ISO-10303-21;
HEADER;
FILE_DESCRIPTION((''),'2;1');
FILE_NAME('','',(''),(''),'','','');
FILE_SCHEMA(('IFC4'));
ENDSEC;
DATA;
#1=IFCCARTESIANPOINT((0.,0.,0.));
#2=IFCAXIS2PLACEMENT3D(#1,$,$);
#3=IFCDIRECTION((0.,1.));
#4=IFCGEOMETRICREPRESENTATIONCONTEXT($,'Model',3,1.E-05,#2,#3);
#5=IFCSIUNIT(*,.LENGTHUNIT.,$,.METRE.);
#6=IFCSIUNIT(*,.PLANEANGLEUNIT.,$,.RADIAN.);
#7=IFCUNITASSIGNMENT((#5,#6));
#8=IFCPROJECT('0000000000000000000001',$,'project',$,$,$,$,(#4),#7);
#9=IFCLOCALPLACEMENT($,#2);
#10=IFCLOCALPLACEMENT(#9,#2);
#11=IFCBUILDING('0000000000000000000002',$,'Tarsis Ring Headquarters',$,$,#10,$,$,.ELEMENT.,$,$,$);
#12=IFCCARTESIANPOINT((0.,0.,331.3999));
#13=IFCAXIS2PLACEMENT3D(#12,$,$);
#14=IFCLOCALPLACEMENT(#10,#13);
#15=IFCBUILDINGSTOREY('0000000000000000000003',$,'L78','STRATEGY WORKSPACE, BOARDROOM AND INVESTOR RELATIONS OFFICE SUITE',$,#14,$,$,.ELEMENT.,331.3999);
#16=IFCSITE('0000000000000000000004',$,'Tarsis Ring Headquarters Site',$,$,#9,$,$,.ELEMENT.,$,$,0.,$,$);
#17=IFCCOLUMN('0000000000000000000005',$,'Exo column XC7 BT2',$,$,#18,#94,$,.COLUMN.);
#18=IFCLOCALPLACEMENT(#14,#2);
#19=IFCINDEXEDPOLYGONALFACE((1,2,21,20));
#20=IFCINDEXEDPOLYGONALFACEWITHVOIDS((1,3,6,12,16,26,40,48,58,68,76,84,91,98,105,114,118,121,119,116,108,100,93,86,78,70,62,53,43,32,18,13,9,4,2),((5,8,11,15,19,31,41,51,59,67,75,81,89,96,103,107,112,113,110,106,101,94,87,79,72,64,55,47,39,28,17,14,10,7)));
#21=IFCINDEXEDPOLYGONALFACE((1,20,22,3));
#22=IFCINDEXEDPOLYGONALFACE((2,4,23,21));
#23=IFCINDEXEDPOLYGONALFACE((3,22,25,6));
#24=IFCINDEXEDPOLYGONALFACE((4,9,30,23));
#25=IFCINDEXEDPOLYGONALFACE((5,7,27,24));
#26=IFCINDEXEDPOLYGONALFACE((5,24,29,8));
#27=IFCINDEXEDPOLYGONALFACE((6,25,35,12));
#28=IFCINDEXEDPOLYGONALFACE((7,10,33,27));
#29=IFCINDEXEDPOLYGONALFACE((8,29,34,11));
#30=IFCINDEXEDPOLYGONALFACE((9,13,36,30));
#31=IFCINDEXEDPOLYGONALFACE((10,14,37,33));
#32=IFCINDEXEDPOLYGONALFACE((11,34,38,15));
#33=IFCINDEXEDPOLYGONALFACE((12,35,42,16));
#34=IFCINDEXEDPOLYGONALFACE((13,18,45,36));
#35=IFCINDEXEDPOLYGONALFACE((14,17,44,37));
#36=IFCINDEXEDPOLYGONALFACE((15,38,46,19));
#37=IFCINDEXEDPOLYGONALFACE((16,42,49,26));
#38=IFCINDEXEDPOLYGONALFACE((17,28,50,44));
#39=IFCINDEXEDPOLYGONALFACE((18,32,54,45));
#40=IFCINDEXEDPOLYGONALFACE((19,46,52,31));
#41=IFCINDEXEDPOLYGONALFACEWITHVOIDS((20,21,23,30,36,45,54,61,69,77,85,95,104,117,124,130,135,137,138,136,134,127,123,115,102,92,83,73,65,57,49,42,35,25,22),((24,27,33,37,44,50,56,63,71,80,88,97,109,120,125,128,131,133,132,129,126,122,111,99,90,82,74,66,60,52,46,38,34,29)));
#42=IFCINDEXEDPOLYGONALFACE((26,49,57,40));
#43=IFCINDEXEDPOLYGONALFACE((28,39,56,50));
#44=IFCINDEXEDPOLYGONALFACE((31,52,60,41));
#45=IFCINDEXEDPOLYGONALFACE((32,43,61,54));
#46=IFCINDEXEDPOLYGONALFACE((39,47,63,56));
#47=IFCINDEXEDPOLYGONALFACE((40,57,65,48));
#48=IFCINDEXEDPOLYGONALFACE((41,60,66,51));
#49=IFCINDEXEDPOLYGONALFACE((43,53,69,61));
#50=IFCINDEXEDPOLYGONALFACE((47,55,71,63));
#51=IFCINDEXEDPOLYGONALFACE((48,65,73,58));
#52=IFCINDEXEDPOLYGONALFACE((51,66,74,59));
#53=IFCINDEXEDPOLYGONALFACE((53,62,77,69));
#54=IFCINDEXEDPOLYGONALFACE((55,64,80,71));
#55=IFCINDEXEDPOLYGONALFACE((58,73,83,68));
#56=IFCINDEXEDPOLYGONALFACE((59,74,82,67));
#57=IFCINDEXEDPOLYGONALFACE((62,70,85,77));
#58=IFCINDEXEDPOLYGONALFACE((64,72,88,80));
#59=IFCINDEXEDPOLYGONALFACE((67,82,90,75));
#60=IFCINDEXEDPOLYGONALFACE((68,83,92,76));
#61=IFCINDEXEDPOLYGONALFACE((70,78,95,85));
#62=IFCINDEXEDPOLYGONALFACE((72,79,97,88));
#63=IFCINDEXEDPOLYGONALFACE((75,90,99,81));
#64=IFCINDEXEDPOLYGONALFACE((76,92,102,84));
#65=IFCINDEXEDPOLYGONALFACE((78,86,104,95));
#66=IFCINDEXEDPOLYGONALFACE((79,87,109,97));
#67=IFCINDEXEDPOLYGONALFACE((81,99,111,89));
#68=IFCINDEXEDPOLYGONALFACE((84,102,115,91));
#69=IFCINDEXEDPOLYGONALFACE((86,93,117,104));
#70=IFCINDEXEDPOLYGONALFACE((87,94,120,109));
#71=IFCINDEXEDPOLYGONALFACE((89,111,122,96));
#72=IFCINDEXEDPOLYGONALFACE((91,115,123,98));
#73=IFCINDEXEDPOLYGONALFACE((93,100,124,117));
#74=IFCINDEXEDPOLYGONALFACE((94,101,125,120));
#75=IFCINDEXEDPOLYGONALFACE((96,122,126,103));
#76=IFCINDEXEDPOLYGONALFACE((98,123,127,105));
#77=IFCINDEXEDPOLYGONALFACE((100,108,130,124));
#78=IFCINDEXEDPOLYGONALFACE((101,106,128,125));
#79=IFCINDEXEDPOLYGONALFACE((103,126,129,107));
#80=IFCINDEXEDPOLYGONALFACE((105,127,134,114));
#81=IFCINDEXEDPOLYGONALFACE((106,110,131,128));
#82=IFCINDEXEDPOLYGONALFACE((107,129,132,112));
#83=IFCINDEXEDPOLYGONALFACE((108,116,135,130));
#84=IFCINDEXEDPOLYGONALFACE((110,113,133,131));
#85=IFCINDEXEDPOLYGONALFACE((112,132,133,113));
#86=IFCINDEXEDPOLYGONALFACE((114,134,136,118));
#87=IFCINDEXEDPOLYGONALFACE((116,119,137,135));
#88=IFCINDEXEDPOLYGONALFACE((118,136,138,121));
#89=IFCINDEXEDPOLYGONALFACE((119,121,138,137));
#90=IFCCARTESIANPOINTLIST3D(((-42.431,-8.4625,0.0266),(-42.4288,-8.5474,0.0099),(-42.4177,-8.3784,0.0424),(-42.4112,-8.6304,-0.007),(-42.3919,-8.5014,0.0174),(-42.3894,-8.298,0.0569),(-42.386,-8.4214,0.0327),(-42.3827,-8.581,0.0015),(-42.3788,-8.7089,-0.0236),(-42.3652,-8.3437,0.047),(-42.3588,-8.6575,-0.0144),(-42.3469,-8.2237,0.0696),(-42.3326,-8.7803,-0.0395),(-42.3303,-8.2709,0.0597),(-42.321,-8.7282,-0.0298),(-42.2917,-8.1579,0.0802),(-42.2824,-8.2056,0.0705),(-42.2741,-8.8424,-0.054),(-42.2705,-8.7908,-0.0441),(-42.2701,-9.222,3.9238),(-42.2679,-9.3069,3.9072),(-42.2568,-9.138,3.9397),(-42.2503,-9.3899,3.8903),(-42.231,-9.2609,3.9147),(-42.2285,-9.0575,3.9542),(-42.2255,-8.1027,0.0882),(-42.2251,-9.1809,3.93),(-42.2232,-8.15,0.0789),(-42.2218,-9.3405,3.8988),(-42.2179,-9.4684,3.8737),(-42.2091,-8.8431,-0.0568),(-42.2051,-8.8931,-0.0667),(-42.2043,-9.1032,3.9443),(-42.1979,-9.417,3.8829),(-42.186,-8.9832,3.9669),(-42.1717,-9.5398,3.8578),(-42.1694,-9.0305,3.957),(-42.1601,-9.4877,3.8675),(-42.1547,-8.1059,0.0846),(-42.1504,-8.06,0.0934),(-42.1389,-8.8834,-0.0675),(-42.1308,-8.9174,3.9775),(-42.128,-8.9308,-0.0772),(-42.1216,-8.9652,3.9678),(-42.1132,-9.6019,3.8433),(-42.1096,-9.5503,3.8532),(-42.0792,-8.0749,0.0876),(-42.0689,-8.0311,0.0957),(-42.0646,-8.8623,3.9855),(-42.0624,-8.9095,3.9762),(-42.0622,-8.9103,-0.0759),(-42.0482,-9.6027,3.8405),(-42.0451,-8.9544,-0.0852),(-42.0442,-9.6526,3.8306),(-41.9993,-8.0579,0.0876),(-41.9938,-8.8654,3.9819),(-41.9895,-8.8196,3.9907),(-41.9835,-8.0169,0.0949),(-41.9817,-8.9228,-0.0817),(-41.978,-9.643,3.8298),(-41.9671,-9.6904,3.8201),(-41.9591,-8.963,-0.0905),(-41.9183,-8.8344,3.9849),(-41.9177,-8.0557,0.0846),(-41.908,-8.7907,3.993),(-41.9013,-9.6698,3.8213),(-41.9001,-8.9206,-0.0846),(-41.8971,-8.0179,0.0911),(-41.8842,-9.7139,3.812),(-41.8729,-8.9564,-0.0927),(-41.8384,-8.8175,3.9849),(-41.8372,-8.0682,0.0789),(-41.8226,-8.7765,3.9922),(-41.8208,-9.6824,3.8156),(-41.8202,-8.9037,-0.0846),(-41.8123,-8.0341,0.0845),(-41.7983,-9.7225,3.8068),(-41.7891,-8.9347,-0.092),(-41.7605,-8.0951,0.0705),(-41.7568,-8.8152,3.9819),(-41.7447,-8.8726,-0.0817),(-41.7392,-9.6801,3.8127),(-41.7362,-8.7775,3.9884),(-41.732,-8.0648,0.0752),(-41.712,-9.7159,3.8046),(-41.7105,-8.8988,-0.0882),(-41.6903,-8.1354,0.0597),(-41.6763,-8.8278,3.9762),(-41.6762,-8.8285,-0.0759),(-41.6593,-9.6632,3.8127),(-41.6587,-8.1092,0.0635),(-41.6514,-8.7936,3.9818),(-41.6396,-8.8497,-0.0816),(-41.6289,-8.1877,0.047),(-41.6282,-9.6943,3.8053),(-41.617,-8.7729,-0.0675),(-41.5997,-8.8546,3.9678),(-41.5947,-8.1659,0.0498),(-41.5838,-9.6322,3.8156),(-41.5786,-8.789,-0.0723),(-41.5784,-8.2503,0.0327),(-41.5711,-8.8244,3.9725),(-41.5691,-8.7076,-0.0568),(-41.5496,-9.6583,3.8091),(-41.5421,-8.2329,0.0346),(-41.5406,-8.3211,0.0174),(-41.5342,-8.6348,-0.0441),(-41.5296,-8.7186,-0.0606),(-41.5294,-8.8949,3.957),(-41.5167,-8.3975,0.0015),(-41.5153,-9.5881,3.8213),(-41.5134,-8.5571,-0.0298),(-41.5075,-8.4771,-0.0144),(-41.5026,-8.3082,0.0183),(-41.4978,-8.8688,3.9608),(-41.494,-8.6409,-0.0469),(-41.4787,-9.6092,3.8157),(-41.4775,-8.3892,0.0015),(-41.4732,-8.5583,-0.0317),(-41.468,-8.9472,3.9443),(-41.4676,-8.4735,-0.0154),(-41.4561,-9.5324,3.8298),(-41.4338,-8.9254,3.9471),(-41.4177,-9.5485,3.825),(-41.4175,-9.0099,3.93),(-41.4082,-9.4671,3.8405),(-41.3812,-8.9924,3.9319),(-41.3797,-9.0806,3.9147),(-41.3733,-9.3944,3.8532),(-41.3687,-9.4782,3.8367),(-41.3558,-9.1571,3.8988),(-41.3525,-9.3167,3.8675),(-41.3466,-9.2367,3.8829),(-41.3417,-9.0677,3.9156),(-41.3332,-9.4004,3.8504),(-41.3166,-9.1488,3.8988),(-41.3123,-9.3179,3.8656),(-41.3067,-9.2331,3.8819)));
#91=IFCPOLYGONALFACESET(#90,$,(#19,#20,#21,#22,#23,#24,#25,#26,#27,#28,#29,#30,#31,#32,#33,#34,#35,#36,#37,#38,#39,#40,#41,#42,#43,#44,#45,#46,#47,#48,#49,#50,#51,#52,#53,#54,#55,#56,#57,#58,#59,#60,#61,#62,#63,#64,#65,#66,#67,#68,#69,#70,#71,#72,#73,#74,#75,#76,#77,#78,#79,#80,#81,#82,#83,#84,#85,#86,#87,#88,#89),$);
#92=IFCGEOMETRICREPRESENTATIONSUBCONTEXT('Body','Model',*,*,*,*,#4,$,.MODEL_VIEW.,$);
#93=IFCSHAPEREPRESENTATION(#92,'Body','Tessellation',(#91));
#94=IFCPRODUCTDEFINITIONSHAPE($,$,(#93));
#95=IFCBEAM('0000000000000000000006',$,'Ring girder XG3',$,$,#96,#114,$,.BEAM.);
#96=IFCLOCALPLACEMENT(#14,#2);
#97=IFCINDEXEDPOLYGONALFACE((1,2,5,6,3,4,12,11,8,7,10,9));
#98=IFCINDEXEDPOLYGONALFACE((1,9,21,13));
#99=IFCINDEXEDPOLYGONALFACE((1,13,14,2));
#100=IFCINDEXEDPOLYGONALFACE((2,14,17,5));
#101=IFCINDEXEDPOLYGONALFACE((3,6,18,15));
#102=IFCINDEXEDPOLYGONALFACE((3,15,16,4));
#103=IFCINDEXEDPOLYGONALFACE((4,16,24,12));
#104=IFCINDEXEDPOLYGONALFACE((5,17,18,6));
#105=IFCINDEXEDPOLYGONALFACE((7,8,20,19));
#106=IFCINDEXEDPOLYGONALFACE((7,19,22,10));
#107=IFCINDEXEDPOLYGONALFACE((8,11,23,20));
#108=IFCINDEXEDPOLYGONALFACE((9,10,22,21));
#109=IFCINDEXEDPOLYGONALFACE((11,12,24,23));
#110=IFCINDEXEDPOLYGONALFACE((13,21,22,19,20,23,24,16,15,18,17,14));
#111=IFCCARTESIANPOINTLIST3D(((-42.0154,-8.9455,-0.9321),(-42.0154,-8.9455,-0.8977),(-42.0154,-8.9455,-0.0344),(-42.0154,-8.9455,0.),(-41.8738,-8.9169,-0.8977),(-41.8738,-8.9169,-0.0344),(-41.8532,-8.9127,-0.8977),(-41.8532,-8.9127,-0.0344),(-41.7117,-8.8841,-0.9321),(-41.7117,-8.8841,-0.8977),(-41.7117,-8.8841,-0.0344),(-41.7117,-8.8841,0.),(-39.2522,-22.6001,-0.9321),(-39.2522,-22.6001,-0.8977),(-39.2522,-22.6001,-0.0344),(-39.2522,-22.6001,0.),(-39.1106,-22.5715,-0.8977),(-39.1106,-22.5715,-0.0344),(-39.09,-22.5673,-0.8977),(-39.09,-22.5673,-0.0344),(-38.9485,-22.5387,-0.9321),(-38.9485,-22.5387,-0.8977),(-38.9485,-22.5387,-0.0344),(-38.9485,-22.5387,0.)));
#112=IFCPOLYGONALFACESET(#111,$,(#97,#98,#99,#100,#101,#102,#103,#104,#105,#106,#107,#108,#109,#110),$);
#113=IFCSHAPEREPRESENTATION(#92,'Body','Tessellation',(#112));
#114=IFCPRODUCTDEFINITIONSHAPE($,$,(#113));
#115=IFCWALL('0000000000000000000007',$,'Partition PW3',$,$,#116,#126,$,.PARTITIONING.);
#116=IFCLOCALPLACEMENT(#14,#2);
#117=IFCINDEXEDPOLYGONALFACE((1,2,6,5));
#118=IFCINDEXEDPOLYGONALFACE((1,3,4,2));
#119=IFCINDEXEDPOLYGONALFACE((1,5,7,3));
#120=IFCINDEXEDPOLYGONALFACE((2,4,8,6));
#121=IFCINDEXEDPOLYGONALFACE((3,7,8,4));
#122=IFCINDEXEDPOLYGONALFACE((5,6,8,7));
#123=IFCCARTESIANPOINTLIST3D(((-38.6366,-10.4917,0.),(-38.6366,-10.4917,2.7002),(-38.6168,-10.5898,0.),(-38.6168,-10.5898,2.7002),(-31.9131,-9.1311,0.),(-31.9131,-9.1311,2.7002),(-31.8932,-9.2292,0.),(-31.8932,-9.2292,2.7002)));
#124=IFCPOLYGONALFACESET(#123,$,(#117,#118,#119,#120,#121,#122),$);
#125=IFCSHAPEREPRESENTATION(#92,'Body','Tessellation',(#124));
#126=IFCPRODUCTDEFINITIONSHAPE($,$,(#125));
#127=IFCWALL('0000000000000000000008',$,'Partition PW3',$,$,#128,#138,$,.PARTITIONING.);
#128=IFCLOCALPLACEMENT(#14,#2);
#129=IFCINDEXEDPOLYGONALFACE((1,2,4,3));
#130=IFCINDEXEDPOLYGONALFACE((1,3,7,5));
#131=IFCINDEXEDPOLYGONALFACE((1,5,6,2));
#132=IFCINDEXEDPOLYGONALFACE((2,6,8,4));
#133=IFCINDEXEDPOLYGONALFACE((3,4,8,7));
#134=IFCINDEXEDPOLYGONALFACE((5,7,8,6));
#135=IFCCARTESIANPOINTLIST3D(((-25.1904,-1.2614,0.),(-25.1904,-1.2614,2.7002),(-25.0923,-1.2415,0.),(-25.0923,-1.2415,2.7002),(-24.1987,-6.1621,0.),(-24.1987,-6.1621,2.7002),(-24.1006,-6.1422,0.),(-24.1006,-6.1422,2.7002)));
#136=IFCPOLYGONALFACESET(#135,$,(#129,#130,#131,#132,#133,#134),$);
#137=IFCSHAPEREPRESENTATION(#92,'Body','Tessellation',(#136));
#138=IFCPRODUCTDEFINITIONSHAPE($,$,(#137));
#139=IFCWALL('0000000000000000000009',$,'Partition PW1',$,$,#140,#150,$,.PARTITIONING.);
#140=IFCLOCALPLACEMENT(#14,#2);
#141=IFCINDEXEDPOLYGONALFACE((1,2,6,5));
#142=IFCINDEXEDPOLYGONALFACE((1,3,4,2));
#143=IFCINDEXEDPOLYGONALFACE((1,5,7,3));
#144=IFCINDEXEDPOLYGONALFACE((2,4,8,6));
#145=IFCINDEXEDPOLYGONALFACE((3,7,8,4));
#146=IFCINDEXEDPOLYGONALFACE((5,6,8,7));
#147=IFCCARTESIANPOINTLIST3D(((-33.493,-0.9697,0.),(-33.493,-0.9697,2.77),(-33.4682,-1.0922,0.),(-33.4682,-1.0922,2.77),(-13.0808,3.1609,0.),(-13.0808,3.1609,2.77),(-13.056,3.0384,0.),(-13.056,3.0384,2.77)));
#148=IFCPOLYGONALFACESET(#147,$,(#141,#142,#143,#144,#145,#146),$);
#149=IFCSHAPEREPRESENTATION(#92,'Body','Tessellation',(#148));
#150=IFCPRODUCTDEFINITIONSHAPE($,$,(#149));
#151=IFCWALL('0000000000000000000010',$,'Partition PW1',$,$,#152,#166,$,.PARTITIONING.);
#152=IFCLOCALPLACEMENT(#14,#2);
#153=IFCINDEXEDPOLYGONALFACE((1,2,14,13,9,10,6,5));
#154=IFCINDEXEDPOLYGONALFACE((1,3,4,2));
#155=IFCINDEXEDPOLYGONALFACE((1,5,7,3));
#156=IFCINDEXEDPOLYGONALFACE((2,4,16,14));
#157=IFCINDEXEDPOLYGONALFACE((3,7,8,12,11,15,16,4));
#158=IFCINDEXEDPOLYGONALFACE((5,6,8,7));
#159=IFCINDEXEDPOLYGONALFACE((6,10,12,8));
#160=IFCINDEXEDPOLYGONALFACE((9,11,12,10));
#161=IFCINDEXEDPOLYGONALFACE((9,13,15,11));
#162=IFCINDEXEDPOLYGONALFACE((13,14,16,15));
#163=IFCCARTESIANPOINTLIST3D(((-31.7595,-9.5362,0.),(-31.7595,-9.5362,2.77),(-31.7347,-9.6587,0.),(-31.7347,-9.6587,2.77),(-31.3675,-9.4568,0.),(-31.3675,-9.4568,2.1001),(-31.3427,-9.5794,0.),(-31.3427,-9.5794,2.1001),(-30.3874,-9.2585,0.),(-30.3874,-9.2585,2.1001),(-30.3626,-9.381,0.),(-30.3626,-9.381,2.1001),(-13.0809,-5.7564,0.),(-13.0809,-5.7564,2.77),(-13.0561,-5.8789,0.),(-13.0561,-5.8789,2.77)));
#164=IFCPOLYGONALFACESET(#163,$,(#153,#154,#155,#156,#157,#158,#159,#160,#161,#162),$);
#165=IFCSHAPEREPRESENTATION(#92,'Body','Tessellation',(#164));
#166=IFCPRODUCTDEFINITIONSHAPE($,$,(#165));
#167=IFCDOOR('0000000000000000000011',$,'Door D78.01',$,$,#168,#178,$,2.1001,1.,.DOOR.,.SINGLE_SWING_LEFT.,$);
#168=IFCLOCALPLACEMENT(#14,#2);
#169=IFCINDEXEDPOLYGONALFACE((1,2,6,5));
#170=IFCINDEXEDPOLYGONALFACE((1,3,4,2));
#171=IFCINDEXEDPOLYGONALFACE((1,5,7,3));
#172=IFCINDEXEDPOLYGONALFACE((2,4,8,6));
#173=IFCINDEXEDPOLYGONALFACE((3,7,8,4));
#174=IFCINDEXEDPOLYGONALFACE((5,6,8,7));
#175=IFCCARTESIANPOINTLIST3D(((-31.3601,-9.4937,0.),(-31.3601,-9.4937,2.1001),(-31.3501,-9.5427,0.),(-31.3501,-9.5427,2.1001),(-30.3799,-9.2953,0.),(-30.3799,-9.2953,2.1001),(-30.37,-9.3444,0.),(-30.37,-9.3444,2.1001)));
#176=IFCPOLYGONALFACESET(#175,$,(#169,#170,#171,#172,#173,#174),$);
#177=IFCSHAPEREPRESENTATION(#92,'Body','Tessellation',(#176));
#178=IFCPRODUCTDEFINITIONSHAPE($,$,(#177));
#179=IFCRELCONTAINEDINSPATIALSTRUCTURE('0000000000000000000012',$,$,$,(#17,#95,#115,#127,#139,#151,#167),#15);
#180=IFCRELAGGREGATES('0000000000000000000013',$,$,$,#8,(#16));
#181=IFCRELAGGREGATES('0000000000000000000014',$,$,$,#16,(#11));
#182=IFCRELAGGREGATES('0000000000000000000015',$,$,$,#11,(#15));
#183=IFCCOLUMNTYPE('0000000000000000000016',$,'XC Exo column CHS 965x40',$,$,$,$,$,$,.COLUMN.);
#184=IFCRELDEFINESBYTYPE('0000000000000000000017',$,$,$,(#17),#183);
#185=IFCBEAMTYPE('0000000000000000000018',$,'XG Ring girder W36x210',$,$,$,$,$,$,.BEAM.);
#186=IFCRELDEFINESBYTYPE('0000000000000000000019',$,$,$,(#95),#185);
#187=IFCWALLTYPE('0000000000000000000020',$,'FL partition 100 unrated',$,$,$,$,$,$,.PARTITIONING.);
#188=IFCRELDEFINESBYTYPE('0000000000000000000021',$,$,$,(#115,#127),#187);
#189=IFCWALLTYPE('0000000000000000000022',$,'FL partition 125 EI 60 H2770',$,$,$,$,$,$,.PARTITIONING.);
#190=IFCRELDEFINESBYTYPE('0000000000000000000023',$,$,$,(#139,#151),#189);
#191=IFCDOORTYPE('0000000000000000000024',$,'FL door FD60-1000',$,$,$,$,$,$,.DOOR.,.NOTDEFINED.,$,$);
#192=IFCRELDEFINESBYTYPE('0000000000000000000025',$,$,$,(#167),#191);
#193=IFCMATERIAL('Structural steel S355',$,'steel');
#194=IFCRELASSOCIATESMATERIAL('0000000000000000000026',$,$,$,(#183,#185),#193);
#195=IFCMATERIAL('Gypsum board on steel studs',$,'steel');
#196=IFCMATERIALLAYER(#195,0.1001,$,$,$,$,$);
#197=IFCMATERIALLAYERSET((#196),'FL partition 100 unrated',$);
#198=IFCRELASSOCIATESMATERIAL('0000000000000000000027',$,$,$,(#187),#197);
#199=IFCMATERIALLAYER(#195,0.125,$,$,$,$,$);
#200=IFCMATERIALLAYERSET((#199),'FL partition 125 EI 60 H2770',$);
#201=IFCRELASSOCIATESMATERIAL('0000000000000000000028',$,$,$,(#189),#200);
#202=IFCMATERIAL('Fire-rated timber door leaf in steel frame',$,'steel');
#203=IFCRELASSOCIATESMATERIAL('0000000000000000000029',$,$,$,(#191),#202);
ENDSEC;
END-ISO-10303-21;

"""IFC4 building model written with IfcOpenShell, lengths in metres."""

from ifc_helpers import new_model, si_unit, direction, frame, frame_2d, origin, origin_2d, place, context, subcontext, project, spatial, rectangle, hollow_circle, i_section, extrude, material, layer, layer_set, material_profile, profile_set, type_object, element, fill, save


model = new_model("IFC4")

# Units and contexts
model_context = context("Model", 3, precision=1e-05, world=origin(), true_north=direction((0.0, 1.0)))
body_context = subcontext(model_context, "Body", "Model", "MODEL_VIEW")
ifc_project = project(units=[si_unit("LENGTHUNIT", "METRE"), si_unit("PLANEANGLEUNIT", "RADIAN")], contexts=[model_context])

# Site, building, storey
site_placement = place(None, origin())
site = spatial("IfcSite", under=ifc_project, at=site_placement, Name="Tarsis Ring Headquarters Site", CompositionType="ELEMENT", RefElevation=0.0)
building_placement = place(site_placement, origin())
building = spatial("IfcBuilding", under=site, at=building_placement, Name="Tarsis Ring Headquarters", CompositionType="ELEMENT")
storey_placement = place(building_placement, frame((0.0, 0.0, 331.3999)))
storey = spatial("IfcBuildingStorey", under=building, at=storey_placement, Name="L78", Description="STRATEGY WORKSPACE, BOARDROOM AND INVESTOR RELATIONS OFFICE SUITE", CompositionType="ELEMENT", Elevation=331.3999)

# Column
ifc_material_1 = material(Name="Structural steel S355", Category="steel")
ifc_material_profile_1 = material_profile(ifc_material_1, hollow_circle(Radius=0.4827, WallThickness=0.04, at=origin_2d()), Name="CHS 965x40")
ifc_profile_set_1 = profile_set([ifc_material_profile_1], Name="Structural steel S355")
column_type = type_object("IfcColumnType", Name="XC Exo column CHS 965x40", PredefinedType="COLUMN", material=ifc_profile_set_1)
column_placement = place(storey_placement, frame((-41.9497, -8.4893, 0.0015), z_axis=(0.040487, -0.191132, 0.980729), x_axis=(0.978292, 0.207231, 0.0)))
element("IfcColumn", 1, at=column_placement, inside=storey, type_object=column_type, Name="Exo column XC7 BT2", PredefinedType="COLUMN", context=body_context, shape_type="SweptSolid", body=[
    extrude(hollow_circle(Radius=0.4827, WallThickness=0.04, at=origin_2d()), origin(), (0.0, 0.0, 1.0), 3.9739),
])

# Beam
ifc_material_profile_2 = material_profile(ifc_material_1, i_section(OverallWidth=0.3098, OverallDepth=0.9321, WebThickness=0.021, FlangeThickness=0.0344, at=origin_2d()), Name="W36x210")
ifc_profile_set_2 = profile_set([ifc_material_profile_2], Name="Structural steel S355")
beam_type = type_object("IfcBeamType", Name="XG Ring girder W36x210", PredefinedType="BEAM", material=ifc_profile_set_2)
beam_placement = place(storey_placement, frame((-41.8635, -8.9148, -0.4661), z_axis=(0.198343, -0.980133, 0.0), x_axis=(0.980133, 0.198343, 0.0)))
element("IfcBeam", 2, at=beam_placement, inside=storey, type_object=beam_type, Name="Ring girder XG3", PredefinedType="BEAM", context=body_context, shape_type="SweptSolid", body=[
    extrude(i_section(OverallWidth=0.3098, OverallDepth=0.9321, WebThickness=0.021, FlangeThickness=0.0344, at=origin_2d()), origin(), (0.0, 0.0, 1.0), 13.9314),
])

# Walls
ifc_material_2 = material(Name="Gypsum board on steel studs", Category="steel")
ifc_layer_1 = layer(ifc_material_2, 0.1001)
ifc_layer_set_1 = layer_set([ifc_layer_1], Name="FL partition 100 unrated")
wall_type_1 = type_object("IfcWallType", Name="FL partition 100 unrated", PredefinedType="PARTITIONING", material=ifc_layer_set_1)
wall_1_placement = place(storey_placement, frame((-38.6267, -10.5408, 0.0), z_axis=(0.0, 0.0, 1.0), x_axis=(0.980133, 0.19834, 0.0)))
element("IfcWall", 3, at=wall_1_placement, inside=storey, type_object=wall_type_1, Name="Partition PW3", PredefinedType="PARTITIONING", context=body_context, shape_type="SweptSolid", body=[
    extrude(rectangle(XDim=6.8599, YDim=0.1001, at=frame_2d((3.4299, 0.0))), origin(), (0.0, 0.0, 1.0), 2.7002),
])
wall_2_placement = place(storey_placement, frame((-25.1414, -1.2515, 0.0), z_axis=(0.0, 0.0, 1.0), x_axis=(0.198341, -0.980133, 0.0)))
element("IfcWall", 4, at=wall_2_placement, inside=storey, type_object=wall_type_1, Name="Partition PW3", PredefinedType="PARTITIONING", context=body_context, shape_type="SweptSolid", body=[
    extrude(rectangle(XDim=5.0, YDim=0.1001, at=frame_2d((2.5, 0.0))), origin(), (0.0, 0.0, 1.0), 2.7002),
])
ifc_layer_2 = layer(ifc_material_2, 0.125)
ifc_layer_set_2 = layer_set([ifc_layer_2], Name="FL partition 125 EI 60 H2770")
wall_type_2 = type_object("IfcWallType", Name="FL partition 125 EI 60 H2770", PredefinedType="PARTITIONING", material=ifc_layer_set_2)
wall_3_placement = place(storey_placement, frame((-33.4807, -1.031, 0.0), z_axis=(0.0, 0.0, 1.0), x_axis=(0.980133, 0.198341, 0.0)))
element("IfcWall", 5, at=wall_3_placement, inside=storey, type_object=wall_type_2, Name="Partition PW1", PredefinedType="PARTITIONING", context=body_context, shape_type="SweptSolid", body=[
    extrude(rectangle(XDim=20.8259, YDim=0.125, at=frame_2d((10.4131, 0.0))), origin(), (0.0, 0.0, 1.0), 2.77),
])

# Wall, opening, door
wall_4_placement = place(storey_placement, frame((-31.7471, -9.5974, 0.0), z_axis=(0.0, 0.0, 1.0), x_axis=(0.980133, 0.19834, 0.0)))
wall_4 = element("IfcWall", 6, at=wall_4_placement, inside=storey, type_object=wall_type_2, Name="Partition PW1", PredefinedType="PARTITIONING", context=body_context, shape_type="SweptSolid", body=[
    extrude(rectangle(XDim=19.0571, YDim=0.125, at=frame_2d((9.5286, 0.0))), origin(), (0.0, 0.0, 1.0), 2.77),
])
opening_1_placement = place(wall_4_placement, frame((0.3999, 0.0, 0.0)))
opening_1 = element("IfcOpeningElement", 7, at=opening_1_placement, cuts=wall_4, PredefinedType="OPENING", context=body_context, shape_type="SweptSolid", body=[
    extrude(rectangle(XDim=1.0, YDim=2.1001, at=frame_2d((0.5, 1.05))), frame((0.0, 0.0725, 0.0), z_axis=(0.0, -1.0, 0.0), x_axis=(1.0, 0.0, 0.0)), (0.0, 0.0, 1.0), 0.145),
])
ifc_material_3 = material(Name="Fire-rated timber door leaf in steel frame", Category="steel")
door_type_1 = type_object("IfcDoorType", Name="FL door FD60-1000", OperationType="NOTDEFINED", PredefinedType="DOOR", material=ifc_material_3)
door_1_placement = place(opening_1_placement, origin())
door_1 = element("IfcDoor", 8, at=door_1_placement, inside=storey, type_object=door_type_1, Name="Door D78.01", OperationType="SINGLE_SWING_LEFT", OverallHeight=2.1001, OverallWidth=1.0, PredefinedType="DOOR", context=body_context, shape_type="SweptSolid", body=[
    extrude(rectangle(XDim=1.0, YDim=2.1001, at=frame_2d((0.5, 1.05))), frame((0.0, 0.0249, 0.0), z_axis=(0.0, -1.0, 0.0), x_axis=(1.0, 0.0, 0.0)), (0.0, 0.0, 1.0), 0.05),
])
fill(opening_1, door_1)

save(model, "model.ifc")
